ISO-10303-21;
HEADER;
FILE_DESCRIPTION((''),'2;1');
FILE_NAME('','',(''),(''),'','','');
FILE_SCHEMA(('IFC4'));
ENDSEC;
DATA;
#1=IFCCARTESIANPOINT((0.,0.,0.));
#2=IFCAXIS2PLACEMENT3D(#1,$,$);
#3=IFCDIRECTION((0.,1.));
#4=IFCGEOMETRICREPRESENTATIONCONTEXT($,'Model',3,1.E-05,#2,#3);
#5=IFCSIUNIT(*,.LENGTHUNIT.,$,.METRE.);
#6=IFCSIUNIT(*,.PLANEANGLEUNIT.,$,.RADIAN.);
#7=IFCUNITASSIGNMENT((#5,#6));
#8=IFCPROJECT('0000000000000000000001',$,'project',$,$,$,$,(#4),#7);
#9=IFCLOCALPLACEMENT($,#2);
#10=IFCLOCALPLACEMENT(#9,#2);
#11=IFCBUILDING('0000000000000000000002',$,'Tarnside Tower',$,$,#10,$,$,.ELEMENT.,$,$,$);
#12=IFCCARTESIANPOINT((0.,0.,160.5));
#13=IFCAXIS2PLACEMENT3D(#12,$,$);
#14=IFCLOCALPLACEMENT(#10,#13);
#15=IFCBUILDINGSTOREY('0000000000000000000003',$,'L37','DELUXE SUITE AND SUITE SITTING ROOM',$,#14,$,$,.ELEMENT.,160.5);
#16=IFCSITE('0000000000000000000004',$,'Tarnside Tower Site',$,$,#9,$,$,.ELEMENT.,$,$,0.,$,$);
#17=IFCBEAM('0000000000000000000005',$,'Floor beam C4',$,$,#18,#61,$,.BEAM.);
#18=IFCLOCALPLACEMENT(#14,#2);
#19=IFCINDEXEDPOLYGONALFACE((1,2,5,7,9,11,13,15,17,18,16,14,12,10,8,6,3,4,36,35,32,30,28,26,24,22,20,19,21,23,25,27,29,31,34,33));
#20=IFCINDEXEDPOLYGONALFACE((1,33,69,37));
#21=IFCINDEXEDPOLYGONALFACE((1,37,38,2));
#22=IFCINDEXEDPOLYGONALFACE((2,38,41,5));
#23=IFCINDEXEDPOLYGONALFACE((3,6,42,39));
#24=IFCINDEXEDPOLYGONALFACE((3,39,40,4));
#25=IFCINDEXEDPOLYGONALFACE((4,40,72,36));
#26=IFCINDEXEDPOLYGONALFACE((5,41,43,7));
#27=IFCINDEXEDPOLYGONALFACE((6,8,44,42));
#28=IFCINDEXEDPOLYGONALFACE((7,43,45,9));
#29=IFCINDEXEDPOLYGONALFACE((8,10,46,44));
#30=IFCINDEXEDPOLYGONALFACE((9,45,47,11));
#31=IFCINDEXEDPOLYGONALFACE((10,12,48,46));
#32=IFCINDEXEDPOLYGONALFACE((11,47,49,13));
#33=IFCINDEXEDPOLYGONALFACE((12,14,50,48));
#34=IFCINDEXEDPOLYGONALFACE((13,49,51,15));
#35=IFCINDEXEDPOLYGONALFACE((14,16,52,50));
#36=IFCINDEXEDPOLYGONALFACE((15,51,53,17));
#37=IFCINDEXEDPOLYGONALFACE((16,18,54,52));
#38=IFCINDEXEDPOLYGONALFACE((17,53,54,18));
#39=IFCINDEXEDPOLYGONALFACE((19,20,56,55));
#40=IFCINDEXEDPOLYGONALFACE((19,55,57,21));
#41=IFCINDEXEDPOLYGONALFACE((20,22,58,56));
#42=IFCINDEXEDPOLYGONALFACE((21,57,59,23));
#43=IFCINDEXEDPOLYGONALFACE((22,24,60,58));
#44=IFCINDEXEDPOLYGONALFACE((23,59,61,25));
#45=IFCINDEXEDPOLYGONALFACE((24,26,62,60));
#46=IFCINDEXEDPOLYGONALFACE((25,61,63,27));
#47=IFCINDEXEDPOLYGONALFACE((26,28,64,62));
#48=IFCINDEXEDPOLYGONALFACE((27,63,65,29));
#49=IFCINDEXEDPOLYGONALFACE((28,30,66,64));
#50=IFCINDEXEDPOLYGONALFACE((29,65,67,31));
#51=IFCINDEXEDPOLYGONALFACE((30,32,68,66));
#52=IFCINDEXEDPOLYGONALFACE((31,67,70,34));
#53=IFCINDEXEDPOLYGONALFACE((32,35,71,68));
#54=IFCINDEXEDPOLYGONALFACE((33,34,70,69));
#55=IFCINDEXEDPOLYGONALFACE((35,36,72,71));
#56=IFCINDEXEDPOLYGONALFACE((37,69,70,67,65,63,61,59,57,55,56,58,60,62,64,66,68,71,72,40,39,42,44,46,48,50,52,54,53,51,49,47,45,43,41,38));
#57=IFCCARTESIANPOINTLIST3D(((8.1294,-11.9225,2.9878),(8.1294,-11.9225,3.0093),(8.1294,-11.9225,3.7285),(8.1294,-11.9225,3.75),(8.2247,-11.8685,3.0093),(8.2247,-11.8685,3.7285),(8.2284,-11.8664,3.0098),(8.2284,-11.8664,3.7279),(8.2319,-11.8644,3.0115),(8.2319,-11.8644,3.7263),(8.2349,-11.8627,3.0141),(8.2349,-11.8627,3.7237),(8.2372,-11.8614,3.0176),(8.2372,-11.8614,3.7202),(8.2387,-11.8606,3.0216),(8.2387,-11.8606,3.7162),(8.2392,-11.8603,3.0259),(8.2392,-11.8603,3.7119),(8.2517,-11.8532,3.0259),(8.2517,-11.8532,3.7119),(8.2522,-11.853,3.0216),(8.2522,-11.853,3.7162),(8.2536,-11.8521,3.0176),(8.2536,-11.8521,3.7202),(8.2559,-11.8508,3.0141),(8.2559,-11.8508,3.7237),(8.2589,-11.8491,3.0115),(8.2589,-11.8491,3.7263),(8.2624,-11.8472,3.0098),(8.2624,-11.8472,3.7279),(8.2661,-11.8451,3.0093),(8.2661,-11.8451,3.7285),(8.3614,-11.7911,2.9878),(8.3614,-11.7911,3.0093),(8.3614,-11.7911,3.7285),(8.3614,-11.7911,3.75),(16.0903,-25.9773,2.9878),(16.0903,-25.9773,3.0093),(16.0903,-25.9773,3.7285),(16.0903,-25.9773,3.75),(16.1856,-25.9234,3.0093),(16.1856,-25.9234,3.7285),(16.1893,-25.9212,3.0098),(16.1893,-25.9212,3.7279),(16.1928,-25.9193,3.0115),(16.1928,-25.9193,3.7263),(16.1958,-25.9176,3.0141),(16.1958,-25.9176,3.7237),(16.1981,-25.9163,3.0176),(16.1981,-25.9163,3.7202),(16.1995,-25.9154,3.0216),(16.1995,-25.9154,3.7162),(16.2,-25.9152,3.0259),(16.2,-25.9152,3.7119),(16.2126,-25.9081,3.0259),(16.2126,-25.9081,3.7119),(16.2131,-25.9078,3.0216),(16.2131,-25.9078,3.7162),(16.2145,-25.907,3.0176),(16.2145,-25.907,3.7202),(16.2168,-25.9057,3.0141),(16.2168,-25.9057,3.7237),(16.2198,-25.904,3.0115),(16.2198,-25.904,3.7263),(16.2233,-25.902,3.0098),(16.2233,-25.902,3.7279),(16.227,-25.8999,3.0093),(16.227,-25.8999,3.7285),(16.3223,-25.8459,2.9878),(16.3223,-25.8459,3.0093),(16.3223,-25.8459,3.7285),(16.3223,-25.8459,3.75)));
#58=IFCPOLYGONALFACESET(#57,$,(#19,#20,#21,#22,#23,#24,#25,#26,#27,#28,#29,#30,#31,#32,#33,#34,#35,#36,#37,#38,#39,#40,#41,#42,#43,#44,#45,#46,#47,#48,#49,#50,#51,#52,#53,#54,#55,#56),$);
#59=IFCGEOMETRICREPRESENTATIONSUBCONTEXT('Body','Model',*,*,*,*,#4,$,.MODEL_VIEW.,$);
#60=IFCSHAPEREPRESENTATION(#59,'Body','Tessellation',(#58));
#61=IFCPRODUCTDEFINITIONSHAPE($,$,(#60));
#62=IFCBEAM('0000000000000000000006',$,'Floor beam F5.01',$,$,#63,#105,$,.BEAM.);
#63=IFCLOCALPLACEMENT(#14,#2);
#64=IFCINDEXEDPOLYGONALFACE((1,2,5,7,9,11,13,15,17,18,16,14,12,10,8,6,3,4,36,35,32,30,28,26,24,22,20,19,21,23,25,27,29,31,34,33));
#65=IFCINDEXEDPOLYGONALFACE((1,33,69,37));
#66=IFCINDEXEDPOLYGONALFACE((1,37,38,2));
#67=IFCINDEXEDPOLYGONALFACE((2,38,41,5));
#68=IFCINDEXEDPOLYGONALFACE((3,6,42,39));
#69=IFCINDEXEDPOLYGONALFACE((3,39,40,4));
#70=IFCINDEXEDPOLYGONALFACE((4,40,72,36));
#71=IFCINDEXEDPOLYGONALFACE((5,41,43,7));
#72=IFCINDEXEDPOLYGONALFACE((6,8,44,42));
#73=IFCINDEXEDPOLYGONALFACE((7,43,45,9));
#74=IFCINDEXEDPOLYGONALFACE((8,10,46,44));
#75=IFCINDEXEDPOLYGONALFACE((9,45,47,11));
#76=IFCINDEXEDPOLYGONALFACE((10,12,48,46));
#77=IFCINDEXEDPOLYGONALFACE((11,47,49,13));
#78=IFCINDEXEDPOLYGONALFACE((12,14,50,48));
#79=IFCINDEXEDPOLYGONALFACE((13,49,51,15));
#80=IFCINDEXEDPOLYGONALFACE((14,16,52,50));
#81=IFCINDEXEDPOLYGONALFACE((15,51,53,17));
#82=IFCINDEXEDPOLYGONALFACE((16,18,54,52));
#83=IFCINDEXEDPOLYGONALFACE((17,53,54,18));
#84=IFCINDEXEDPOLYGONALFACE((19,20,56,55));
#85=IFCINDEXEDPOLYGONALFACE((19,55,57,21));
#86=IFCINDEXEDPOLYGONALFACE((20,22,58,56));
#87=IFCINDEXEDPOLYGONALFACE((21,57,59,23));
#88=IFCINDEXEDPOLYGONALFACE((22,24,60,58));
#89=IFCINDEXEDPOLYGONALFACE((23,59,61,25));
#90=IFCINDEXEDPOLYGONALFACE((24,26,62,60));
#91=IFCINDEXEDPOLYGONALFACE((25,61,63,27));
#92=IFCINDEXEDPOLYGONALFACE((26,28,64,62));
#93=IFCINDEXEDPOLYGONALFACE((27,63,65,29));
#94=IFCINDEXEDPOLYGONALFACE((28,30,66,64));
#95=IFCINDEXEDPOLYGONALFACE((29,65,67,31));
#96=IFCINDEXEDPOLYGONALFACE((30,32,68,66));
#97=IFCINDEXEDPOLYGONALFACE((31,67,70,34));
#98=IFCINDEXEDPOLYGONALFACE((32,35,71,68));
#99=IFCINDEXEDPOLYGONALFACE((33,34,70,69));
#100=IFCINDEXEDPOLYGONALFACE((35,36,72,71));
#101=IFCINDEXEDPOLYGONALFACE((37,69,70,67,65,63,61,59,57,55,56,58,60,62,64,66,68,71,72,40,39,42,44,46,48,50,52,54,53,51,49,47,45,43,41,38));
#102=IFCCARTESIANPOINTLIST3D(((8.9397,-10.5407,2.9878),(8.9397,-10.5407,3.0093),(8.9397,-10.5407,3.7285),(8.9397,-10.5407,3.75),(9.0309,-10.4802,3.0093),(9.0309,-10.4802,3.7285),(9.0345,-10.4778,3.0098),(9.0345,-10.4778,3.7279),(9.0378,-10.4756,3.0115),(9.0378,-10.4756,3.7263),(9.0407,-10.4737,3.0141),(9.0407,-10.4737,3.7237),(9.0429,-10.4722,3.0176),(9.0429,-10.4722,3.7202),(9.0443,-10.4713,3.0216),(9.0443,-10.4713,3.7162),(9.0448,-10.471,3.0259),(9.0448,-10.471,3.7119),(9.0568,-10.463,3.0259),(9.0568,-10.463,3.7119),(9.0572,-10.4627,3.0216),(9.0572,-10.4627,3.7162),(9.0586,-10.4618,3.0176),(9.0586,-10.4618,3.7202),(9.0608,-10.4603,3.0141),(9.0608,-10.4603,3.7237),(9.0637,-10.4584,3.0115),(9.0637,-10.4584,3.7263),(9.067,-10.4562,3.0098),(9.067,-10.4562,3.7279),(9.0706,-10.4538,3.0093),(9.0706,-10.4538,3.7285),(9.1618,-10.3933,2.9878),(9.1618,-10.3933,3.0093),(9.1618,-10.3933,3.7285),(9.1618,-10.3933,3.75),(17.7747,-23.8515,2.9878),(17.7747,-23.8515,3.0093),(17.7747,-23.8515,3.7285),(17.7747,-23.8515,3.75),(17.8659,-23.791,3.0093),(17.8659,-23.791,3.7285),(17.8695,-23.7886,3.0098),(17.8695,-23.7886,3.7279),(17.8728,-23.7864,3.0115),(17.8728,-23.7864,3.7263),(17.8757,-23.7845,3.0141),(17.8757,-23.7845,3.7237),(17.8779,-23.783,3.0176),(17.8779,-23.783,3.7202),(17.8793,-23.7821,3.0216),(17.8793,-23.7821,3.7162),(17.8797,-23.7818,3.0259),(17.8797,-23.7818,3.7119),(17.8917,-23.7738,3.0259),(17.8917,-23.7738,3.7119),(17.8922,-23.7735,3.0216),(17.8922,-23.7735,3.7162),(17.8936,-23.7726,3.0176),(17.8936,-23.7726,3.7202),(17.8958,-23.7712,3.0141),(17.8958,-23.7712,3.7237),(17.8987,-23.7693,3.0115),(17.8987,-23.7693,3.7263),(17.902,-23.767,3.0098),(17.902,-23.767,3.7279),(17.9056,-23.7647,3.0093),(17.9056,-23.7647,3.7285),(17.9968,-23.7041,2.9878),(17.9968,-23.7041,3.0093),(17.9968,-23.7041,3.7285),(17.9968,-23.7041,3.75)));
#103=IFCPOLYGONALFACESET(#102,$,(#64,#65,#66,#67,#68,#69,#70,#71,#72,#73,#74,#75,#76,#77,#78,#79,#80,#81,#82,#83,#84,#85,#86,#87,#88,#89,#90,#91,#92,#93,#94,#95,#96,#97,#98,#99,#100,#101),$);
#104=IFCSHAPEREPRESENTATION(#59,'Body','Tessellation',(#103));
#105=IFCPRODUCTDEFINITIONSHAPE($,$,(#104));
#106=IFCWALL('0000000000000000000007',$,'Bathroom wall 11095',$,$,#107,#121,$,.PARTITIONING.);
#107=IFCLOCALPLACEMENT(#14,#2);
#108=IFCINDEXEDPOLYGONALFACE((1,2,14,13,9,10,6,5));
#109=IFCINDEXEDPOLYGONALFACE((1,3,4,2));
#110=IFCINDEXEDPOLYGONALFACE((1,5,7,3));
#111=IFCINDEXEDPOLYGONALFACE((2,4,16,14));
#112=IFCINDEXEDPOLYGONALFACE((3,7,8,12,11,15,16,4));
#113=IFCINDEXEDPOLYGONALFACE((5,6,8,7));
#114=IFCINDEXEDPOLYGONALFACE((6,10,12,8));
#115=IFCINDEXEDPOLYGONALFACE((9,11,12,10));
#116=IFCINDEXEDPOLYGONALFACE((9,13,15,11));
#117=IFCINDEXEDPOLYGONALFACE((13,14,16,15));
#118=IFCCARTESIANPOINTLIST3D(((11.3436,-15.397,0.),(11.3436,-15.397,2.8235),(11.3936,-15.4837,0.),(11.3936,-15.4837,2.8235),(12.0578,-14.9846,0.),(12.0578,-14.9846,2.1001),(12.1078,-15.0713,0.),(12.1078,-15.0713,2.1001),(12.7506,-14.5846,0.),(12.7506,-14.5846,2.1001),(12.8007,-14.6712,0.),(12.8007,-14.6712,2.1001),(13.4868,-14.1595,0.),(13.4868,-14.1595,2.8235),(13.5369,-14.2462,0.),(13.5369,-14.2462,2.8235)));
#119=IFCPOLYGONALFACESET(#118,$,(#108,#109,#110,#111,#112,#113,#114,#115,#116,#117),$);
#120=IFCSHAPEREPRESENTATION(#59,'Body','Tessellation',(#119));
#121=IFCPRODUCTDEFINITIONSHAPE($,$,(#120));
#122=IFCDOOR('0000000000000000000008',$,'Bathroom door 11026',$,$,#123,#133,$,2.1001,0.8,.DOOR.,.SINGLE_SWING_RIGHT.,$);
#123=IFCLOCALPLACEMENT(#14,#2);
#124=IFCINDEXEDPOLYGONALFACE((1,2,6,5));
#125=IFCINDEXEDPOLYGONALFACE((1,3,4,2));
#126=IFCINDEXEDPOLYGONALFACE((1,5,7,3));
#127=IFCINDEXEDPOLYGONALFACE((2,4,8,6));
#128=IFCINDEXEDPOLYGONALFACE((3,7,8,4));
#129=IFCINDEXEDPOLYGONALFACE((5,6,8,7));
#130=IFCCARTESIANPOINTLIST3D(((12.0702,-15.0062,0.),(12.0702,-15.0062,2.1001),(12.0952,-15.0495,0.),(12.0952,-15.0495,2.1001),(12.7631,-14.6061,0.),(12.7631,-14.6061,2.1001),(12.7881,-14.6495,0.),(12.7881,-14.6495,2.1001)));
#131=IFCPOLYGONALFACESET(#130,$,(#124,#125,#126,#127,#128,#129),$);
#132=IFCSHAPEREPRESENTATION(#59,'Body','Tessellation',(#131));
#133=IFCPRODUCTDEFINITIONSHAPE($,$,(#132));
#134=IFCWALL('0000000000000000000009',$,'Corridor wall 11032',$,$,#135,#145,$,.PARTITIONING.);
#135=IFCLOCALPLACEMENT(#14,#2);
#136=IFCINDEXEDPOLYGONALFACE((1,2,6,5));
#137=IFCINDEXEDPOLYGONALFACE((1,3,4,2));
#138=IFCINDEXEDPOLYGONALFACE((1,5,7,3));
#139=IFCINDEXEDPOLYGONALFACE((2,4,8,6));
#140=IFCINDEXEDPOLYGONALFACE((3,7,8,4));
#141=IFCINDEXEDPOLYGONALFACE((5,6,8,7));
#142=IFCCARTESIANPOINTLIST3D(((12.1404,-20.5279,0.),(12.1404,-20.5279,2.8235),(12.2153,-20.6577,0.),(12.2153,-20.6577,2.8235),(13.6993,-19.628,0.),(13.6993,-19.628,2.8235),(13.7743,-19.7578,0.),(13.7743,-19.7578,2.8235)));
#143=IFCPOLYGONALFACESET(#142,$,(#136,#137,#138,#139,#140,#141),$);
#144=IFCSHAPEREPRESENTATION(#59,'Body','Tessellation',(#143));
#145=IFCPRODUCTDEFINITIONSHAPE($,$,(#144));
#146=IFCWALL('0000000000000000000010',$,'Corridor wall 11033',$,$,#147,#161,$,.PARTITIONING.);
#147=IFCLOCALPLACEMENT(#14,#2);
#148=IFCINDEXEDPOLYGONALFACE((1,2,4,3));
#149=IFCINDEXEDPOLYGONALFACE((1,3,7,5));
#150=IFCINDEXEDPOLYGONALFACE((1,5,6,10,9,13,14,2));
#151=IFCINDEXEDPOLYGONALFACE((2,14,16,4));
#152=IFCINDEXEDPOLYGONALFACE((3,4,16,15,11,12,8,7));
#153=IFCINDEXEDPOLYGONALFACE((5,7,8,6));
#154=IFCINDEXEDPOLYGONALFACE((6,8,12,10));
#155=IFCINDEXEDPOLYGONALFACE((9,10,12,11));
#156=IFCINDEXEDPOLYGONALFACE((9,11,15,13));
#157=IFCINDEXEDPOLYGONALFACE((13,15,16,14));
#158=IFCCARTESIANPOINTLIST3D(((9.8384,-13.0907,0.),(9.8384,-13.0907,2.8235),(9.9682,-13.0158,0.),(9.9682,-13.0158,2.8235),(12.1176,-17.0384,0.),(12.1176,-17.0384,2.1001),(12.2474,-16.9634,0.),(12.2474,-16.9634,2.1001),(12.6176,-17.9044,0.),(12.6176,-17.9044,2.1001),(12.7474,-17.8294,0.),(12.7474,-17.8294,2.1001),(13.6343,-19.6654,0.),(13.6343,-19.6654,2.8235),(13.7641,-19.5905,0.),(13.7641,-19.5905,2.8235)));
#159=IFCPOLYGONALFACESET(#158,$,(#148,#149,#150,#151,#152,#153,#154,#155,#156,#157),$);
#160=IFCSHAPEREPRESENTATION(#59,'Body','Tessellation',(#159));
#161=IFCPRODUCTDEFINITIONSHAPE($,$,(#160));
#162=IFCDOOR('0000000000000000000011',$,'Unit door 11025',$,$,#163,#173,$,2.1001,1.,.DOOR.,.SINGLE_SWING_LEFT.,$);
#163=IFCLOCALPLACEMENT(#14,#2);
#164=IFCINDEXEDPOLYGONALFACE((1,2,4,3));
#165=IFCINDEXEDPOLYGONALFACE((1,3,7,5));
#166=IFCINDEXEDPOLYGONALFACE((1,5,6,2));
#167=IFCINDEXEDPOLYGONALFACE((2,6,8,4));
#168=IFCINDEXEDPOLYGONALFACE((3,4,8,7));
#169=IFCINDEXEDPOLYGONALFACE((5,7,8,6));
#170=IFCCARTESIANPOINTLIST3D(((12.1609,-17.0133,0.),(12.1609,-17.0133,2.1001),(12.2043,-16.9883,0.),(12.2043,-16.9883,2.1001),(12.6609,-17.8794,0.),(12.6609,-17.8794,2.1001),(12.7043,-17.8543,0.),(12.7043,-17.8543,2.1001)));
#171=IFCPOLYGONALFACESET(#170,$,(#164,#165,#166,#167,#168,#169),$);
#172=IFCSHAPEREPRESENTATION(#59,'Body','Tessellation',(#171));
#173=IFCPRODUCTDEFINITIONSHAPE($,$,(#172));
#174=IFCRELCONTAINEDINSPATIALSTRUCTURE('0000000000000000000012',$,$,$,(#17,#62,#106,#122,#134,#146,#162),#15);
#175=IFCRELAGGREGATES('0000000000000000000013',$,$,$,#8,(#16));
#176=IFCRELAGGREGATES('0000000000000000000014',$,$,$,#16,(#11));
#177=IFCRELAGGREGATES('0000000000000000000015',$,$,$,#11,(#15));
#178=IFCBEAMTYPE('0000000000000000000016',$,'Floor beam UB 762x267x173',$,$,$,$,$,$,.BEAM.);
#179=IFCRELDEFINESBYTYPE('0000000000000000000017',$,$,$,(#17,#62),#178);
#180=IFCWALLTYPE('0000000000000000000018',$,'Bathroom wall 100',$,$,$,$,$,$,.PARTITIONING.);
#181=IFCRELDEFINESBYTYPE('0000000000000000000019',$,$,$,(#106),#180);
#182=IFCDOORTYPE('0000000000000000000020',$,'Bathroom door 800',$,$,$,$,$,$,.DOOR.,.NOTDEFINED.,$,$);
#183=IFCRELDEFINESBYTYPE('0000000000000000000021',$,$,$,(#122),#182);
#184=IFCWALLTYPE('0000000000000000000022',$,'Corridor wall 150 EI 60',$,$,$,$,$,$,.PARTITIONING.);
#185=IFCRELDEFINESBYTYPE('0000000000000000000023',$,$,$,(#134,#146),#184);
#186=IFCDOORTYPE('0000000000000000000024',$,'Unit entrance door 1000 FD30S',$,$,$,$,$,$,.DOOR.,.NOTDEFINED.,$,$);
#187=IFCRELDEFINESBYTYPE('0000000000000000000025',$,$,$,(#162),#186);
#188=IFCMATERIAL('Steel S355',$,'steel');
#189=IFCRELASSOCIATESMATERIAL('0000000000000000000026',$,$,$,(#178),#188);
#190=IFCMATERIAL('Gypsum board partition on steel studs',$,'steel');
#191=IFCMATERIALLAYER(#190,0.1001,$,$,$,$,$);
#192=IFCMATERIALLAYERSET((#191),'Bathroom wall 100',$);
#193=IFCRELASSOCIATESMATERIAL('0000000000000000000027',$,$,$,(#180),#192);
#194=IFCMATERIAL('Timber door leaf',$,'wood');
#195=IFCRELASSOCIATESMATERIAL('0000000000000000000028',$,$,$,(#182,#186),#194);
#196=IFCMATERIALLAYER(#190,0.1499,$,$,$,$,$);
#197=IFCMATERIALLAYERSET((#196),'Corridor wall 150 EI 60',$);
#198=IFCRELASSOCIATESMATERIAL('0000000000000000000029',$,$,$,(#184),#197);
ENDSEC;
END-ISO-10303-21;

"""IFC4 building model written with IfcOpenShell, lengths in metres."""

from ifc_helpers import new_model, si_unit, direction, frame, frame_2d, origin, origin_2d, place, context, subcontext, project, spatial, rectangle, i_section, extrude, material, layer, layer_set, material_profile, profile_set, type_object, element, fill, save


model = new_model("IFC4")

# Units and contexts
model_context = context("Model", 3, precision=1e-05, world=origin(), true_north=direction((0.0, 1.0)))
body_context = subcontext(model_context, "Body", "Model", "MODEL_VIEW")
ifc_project = project(units=[si_unit("LENGTHUNIT", "METRE"), si_unit("PLANEANGLEUNIT", "RADIAN")], contexts=[model_context])

# Site, building, storey
site_placement = place(None, origin())
site = spatial("IfcSite", under=ifc_project, at=site_placement, Name="Tarnside Tower Site", CompositionType="ELEMENT", RefElevation=0.0)
building_placement = place(site_placement, origin())
building = spatial("IfcBuilding", under=site, at=building_placement, Name="Tarnside Tower", CompositionType="ELEMENT")
storey_placement = place(building_placement, frame((0.0, 0.0, 160.5)))
storey = spatial("IfcBuildingStorey", under=building, at=storey_placement, Name="L37", Description="DELUXE SUITE AND SUITE SITTING ROOM", CompositionType="ELEMENT", Elevation=160.5)

# Beams
ifc_material_1 = material(Name="Steel S355", Category="steel")
ifc_material_profile_1 = material_profile(ifc_material_1, i_section(OverallWidth=0.2666, OverallDepth=0.7622, WebThickness=0.0144, FlangeThickness=0.0215, FilletRadius=0.0166, at=origin_2d()), Name="UB 762x267x173")
ifc_profile_set_1 = profile_set([ifc_material_profile_1], Name="Steel S355")
beam_type_1 = type_object("IfcBeamType", Name="Floor beam UB 762x267x173", PredefinedType="BEAM", material=ifc_profile_set_1)
beam_1_placement = place(storey_placement, frame((16.2063, -25.9116, 3.3689), z_axis=(-0.492847, 0.870116, 0.0), x_axis=(-0.870116, -0.492847, 0.0)))
element("IfcBeam", 1, at=beam_1_placement, inside=storey, type_object=beam_type_1, Name="Floor beam C4", PredefinedType="BEAM", context=body_context, shape_type="SweptSolid", body=[
    extrude(i_section(OverallWidth=0.2666, OverallDepth=0.7622, WebThickness=0.0144, FlangeThickness=0.0215, FilletRadius=0.0166, at=origin_2d()), origin(), (0.0, 0.0, 1.0), 16.1528),
])
beam_2_placement = place(storey_placement, frame((17.8857, -23.7778, 3.3689), z_axis=(-0.553013, 0.833172, 0.0), x_axis=(-0.833172, -0.553013, 0.0)))
element("IfcBeam", 2, at=beam_2_placement, inside=storey, type_object=beam_type_1, Name="Floor beam F5.01", PredefinedType="BEAM", context=body_context, shape_type="SweptSolid", body=[
    extrude(i_section(OverallWidth=0.2666, OverallDepth=0.7622, WebThickness=0.0144, FlangeThickness=0.0215, FilletRadius=0.0166, at=origin_2d()), origin(), (0.0, 0.0, 1.0), 15.9761),
])

# Wall, opening, door
ifc_material_2 = material(Name="Gypsum board partition on steel studs", Category="steel")
ifc_layer_1 = layer(ifc_material_2, 0.1001)
ifc_layer_set_1 = layer_set([ifc_layer_1], Name="Bathroom wall 100")
wall_type_1 = type_object("IfcWallType", Name="Bathroom wall 100", PredefinedType="PARTITIONING", material=ifc_layer_set_1)
wall_1_placement = place(storey_placement, frame((13.5117, -14.2029, 0.0), z_axis=(0.0, 0.0, 1.0), x_axis=(-0.866007, -0.500033, 0.0)))
wall_1 = element("IfcWall", 3, at=wall_1_placement, inside=storey, type_object=wall_type_1, Name="Bathroom wall 11095", PredefinedType="PARTITIONING", context=body_context, shape_type="SweptSolid", body=[
    extrude(rectangle(XDim=2.4749, YDim=0.1001, at=frame_2d((1.2373, 0.0))), origin(), (0.0, 0.0, 1.0), 2.8235),
])
opening_1_placement = place(wall_1_placement, frame((0.8501, 0.0, 0.0)))
opening_1 = element("IfcOpeningElement", 4, at=opening_1_placement, cuts=wall_1, PredefinedType="OPENING", context=body_context, shape_type="SweptSolid", body=[
    extrude(rectangle(XDim=0.8, YDim=2.1001, at=frame_2d((0.3999, 1.05))), frame((0.0, 0.0601, 0.0), z_axis=(0.0, -1.0, 0.0), x_axis=(1.0, 0.0, 0.0)), (0.0, 0.0, 1.0), 0.1201),
])
ifc_material_3 = material(Name="Timber door leaf", Category="wood")
door_type_1 = type_object("IfcDoorType", Name="Bathroom door 800", OperationType="NOTDEFINED", PredefinedType="DOOR", material=ifc_material_3)
door_1_placement = place(opening_1_placement, origin())
door_1 = element("IfcDoor", 5, at=door_1_placement, inside=storey, type_object=door_type_1, Name="Bathroom door 11026", OperationType="SINGLE_SWING_RIGHT", OverallHeight=2.1001, OverallWidth=0.8, PredefinedType="DOOR", context=body_context, shape_type="SweptSolid", body=[
    extrude(rectangle(XDim=0.8, YDim=2.1001, at=frame_2d((0.3999, 1.05))), frame((0.0, 0.0249, 0.0), z_axis=(0.0, -1.0, 0.0), x_axis=(1.0, 0.0, 0.0)), (0.0, 0.0, 1.0), 0.05),
])
fill(opening_1, door_1)

# Wall
ifc_layer_2 = layer(ifc_material_2, 0.1499)
ifc_layer_set_2 = layer_set([ifc_layer_2], Name="Corridor wall 150 EI 60")
wall_type_2 = type_object("IfcWallType", Name="Corridor wall 150 EI 60", PredefinedType="PARTITIONING", material=ifc_layer_set_2)
wall_2_placement = place(storey_placement, frame((12.178, -20.5928, 0.0), z_axis=(0.0, 0.0, 1.0), x_axis=(0.866048, 0.499961, 0.0)))
element("IfcWall", 6, at=wall_2_placement, inside=storey, type_object=wall_type_2, Name="Corridor wall 11032", PredefinedType="PARTITIONING", context=body_context, shape_type="SweptSolid", body=[
    extrude(rectangle(XDim=1.8, YDim=0.1499, at=frame_2d((0.8999, 0.0))), origin(), (0.0, 0.0, 1.0), 2.8235),
])

# Wall, opening, door
wall_3_placement = place(storey_placement, frame((13.6992, -19.6279, 0.0), z_axis=(0.0, 0.0, 1.0), x_axis=(-0.499999, 0.866026, 0.0)))
wall_3 = element("IfcWall", 7, at=wall_3_placement, inside=storey, type_object=wall_type_2, Name="Corridor wall 11033", PredefinedType="PARTITIONING", context=body_context, shape_type="SweptSolid", body=[
    extrude(rectangle(XDim=7.5918, YDim=0.1499, at=frame_2d((3.7959, 0.0))), origin(), (0.0, 0.0, 1.0), 2.8235),
])
opening_2_placement = place(wall_3_placement, frame((2.0334, 0.0, 0.0)))
opening_2 = element("IfcOpeningElement", 8, at=opening_2_placement, cuts=wall_3, PredefinedType="OPENING", context=body_context, shape_type="SweptSolid", body=[
    extrude(rectangle(XDim=1.0, YDim=2.1001, at=frame_2d((0.5, 1.05))), frame((0.0, 0.085, 0.0), z_axis=(0.0, -1.0, 0.0), x_axis=(1.0, 0.0, 0.0)), (0.0, 0.0, 1.0), 0.1699),
])
door_type_2 = type_object("IfcDoorType", Name="Unit entrance door 1000 FD30S", OperationType="NOTDEFINED", PredefinedType="DOOR", material=ifc_material_3)
door_2_placement = place(opening_2_placement, origin())
door_2 = element("IfcDoor", 9, at=door_2_placement, inside=storey, type_object=door_type_2, Name="Unit door 11025", OperationType="SINGLE_SWING_LEFT", OverallHeight=2.1001, OverallWidth=1.0, PredefinedType="DOOR", context=body_context, shape_type="SweptSolid", body=[
    extrude(rectangle(XDim=1.0, YDim=2.1001, at=frame_2d((0.5, 1.05))), frame((0.0, 0.0249, 0.0), z_axis=(0.0, -1.0, 0.0), x_axis=(1.0, 0.0, 0.0)), (0.0, 0.0, 1.0), 0.05),
])
fill(opening_2, door_2)

save(model, "model.ifc")
